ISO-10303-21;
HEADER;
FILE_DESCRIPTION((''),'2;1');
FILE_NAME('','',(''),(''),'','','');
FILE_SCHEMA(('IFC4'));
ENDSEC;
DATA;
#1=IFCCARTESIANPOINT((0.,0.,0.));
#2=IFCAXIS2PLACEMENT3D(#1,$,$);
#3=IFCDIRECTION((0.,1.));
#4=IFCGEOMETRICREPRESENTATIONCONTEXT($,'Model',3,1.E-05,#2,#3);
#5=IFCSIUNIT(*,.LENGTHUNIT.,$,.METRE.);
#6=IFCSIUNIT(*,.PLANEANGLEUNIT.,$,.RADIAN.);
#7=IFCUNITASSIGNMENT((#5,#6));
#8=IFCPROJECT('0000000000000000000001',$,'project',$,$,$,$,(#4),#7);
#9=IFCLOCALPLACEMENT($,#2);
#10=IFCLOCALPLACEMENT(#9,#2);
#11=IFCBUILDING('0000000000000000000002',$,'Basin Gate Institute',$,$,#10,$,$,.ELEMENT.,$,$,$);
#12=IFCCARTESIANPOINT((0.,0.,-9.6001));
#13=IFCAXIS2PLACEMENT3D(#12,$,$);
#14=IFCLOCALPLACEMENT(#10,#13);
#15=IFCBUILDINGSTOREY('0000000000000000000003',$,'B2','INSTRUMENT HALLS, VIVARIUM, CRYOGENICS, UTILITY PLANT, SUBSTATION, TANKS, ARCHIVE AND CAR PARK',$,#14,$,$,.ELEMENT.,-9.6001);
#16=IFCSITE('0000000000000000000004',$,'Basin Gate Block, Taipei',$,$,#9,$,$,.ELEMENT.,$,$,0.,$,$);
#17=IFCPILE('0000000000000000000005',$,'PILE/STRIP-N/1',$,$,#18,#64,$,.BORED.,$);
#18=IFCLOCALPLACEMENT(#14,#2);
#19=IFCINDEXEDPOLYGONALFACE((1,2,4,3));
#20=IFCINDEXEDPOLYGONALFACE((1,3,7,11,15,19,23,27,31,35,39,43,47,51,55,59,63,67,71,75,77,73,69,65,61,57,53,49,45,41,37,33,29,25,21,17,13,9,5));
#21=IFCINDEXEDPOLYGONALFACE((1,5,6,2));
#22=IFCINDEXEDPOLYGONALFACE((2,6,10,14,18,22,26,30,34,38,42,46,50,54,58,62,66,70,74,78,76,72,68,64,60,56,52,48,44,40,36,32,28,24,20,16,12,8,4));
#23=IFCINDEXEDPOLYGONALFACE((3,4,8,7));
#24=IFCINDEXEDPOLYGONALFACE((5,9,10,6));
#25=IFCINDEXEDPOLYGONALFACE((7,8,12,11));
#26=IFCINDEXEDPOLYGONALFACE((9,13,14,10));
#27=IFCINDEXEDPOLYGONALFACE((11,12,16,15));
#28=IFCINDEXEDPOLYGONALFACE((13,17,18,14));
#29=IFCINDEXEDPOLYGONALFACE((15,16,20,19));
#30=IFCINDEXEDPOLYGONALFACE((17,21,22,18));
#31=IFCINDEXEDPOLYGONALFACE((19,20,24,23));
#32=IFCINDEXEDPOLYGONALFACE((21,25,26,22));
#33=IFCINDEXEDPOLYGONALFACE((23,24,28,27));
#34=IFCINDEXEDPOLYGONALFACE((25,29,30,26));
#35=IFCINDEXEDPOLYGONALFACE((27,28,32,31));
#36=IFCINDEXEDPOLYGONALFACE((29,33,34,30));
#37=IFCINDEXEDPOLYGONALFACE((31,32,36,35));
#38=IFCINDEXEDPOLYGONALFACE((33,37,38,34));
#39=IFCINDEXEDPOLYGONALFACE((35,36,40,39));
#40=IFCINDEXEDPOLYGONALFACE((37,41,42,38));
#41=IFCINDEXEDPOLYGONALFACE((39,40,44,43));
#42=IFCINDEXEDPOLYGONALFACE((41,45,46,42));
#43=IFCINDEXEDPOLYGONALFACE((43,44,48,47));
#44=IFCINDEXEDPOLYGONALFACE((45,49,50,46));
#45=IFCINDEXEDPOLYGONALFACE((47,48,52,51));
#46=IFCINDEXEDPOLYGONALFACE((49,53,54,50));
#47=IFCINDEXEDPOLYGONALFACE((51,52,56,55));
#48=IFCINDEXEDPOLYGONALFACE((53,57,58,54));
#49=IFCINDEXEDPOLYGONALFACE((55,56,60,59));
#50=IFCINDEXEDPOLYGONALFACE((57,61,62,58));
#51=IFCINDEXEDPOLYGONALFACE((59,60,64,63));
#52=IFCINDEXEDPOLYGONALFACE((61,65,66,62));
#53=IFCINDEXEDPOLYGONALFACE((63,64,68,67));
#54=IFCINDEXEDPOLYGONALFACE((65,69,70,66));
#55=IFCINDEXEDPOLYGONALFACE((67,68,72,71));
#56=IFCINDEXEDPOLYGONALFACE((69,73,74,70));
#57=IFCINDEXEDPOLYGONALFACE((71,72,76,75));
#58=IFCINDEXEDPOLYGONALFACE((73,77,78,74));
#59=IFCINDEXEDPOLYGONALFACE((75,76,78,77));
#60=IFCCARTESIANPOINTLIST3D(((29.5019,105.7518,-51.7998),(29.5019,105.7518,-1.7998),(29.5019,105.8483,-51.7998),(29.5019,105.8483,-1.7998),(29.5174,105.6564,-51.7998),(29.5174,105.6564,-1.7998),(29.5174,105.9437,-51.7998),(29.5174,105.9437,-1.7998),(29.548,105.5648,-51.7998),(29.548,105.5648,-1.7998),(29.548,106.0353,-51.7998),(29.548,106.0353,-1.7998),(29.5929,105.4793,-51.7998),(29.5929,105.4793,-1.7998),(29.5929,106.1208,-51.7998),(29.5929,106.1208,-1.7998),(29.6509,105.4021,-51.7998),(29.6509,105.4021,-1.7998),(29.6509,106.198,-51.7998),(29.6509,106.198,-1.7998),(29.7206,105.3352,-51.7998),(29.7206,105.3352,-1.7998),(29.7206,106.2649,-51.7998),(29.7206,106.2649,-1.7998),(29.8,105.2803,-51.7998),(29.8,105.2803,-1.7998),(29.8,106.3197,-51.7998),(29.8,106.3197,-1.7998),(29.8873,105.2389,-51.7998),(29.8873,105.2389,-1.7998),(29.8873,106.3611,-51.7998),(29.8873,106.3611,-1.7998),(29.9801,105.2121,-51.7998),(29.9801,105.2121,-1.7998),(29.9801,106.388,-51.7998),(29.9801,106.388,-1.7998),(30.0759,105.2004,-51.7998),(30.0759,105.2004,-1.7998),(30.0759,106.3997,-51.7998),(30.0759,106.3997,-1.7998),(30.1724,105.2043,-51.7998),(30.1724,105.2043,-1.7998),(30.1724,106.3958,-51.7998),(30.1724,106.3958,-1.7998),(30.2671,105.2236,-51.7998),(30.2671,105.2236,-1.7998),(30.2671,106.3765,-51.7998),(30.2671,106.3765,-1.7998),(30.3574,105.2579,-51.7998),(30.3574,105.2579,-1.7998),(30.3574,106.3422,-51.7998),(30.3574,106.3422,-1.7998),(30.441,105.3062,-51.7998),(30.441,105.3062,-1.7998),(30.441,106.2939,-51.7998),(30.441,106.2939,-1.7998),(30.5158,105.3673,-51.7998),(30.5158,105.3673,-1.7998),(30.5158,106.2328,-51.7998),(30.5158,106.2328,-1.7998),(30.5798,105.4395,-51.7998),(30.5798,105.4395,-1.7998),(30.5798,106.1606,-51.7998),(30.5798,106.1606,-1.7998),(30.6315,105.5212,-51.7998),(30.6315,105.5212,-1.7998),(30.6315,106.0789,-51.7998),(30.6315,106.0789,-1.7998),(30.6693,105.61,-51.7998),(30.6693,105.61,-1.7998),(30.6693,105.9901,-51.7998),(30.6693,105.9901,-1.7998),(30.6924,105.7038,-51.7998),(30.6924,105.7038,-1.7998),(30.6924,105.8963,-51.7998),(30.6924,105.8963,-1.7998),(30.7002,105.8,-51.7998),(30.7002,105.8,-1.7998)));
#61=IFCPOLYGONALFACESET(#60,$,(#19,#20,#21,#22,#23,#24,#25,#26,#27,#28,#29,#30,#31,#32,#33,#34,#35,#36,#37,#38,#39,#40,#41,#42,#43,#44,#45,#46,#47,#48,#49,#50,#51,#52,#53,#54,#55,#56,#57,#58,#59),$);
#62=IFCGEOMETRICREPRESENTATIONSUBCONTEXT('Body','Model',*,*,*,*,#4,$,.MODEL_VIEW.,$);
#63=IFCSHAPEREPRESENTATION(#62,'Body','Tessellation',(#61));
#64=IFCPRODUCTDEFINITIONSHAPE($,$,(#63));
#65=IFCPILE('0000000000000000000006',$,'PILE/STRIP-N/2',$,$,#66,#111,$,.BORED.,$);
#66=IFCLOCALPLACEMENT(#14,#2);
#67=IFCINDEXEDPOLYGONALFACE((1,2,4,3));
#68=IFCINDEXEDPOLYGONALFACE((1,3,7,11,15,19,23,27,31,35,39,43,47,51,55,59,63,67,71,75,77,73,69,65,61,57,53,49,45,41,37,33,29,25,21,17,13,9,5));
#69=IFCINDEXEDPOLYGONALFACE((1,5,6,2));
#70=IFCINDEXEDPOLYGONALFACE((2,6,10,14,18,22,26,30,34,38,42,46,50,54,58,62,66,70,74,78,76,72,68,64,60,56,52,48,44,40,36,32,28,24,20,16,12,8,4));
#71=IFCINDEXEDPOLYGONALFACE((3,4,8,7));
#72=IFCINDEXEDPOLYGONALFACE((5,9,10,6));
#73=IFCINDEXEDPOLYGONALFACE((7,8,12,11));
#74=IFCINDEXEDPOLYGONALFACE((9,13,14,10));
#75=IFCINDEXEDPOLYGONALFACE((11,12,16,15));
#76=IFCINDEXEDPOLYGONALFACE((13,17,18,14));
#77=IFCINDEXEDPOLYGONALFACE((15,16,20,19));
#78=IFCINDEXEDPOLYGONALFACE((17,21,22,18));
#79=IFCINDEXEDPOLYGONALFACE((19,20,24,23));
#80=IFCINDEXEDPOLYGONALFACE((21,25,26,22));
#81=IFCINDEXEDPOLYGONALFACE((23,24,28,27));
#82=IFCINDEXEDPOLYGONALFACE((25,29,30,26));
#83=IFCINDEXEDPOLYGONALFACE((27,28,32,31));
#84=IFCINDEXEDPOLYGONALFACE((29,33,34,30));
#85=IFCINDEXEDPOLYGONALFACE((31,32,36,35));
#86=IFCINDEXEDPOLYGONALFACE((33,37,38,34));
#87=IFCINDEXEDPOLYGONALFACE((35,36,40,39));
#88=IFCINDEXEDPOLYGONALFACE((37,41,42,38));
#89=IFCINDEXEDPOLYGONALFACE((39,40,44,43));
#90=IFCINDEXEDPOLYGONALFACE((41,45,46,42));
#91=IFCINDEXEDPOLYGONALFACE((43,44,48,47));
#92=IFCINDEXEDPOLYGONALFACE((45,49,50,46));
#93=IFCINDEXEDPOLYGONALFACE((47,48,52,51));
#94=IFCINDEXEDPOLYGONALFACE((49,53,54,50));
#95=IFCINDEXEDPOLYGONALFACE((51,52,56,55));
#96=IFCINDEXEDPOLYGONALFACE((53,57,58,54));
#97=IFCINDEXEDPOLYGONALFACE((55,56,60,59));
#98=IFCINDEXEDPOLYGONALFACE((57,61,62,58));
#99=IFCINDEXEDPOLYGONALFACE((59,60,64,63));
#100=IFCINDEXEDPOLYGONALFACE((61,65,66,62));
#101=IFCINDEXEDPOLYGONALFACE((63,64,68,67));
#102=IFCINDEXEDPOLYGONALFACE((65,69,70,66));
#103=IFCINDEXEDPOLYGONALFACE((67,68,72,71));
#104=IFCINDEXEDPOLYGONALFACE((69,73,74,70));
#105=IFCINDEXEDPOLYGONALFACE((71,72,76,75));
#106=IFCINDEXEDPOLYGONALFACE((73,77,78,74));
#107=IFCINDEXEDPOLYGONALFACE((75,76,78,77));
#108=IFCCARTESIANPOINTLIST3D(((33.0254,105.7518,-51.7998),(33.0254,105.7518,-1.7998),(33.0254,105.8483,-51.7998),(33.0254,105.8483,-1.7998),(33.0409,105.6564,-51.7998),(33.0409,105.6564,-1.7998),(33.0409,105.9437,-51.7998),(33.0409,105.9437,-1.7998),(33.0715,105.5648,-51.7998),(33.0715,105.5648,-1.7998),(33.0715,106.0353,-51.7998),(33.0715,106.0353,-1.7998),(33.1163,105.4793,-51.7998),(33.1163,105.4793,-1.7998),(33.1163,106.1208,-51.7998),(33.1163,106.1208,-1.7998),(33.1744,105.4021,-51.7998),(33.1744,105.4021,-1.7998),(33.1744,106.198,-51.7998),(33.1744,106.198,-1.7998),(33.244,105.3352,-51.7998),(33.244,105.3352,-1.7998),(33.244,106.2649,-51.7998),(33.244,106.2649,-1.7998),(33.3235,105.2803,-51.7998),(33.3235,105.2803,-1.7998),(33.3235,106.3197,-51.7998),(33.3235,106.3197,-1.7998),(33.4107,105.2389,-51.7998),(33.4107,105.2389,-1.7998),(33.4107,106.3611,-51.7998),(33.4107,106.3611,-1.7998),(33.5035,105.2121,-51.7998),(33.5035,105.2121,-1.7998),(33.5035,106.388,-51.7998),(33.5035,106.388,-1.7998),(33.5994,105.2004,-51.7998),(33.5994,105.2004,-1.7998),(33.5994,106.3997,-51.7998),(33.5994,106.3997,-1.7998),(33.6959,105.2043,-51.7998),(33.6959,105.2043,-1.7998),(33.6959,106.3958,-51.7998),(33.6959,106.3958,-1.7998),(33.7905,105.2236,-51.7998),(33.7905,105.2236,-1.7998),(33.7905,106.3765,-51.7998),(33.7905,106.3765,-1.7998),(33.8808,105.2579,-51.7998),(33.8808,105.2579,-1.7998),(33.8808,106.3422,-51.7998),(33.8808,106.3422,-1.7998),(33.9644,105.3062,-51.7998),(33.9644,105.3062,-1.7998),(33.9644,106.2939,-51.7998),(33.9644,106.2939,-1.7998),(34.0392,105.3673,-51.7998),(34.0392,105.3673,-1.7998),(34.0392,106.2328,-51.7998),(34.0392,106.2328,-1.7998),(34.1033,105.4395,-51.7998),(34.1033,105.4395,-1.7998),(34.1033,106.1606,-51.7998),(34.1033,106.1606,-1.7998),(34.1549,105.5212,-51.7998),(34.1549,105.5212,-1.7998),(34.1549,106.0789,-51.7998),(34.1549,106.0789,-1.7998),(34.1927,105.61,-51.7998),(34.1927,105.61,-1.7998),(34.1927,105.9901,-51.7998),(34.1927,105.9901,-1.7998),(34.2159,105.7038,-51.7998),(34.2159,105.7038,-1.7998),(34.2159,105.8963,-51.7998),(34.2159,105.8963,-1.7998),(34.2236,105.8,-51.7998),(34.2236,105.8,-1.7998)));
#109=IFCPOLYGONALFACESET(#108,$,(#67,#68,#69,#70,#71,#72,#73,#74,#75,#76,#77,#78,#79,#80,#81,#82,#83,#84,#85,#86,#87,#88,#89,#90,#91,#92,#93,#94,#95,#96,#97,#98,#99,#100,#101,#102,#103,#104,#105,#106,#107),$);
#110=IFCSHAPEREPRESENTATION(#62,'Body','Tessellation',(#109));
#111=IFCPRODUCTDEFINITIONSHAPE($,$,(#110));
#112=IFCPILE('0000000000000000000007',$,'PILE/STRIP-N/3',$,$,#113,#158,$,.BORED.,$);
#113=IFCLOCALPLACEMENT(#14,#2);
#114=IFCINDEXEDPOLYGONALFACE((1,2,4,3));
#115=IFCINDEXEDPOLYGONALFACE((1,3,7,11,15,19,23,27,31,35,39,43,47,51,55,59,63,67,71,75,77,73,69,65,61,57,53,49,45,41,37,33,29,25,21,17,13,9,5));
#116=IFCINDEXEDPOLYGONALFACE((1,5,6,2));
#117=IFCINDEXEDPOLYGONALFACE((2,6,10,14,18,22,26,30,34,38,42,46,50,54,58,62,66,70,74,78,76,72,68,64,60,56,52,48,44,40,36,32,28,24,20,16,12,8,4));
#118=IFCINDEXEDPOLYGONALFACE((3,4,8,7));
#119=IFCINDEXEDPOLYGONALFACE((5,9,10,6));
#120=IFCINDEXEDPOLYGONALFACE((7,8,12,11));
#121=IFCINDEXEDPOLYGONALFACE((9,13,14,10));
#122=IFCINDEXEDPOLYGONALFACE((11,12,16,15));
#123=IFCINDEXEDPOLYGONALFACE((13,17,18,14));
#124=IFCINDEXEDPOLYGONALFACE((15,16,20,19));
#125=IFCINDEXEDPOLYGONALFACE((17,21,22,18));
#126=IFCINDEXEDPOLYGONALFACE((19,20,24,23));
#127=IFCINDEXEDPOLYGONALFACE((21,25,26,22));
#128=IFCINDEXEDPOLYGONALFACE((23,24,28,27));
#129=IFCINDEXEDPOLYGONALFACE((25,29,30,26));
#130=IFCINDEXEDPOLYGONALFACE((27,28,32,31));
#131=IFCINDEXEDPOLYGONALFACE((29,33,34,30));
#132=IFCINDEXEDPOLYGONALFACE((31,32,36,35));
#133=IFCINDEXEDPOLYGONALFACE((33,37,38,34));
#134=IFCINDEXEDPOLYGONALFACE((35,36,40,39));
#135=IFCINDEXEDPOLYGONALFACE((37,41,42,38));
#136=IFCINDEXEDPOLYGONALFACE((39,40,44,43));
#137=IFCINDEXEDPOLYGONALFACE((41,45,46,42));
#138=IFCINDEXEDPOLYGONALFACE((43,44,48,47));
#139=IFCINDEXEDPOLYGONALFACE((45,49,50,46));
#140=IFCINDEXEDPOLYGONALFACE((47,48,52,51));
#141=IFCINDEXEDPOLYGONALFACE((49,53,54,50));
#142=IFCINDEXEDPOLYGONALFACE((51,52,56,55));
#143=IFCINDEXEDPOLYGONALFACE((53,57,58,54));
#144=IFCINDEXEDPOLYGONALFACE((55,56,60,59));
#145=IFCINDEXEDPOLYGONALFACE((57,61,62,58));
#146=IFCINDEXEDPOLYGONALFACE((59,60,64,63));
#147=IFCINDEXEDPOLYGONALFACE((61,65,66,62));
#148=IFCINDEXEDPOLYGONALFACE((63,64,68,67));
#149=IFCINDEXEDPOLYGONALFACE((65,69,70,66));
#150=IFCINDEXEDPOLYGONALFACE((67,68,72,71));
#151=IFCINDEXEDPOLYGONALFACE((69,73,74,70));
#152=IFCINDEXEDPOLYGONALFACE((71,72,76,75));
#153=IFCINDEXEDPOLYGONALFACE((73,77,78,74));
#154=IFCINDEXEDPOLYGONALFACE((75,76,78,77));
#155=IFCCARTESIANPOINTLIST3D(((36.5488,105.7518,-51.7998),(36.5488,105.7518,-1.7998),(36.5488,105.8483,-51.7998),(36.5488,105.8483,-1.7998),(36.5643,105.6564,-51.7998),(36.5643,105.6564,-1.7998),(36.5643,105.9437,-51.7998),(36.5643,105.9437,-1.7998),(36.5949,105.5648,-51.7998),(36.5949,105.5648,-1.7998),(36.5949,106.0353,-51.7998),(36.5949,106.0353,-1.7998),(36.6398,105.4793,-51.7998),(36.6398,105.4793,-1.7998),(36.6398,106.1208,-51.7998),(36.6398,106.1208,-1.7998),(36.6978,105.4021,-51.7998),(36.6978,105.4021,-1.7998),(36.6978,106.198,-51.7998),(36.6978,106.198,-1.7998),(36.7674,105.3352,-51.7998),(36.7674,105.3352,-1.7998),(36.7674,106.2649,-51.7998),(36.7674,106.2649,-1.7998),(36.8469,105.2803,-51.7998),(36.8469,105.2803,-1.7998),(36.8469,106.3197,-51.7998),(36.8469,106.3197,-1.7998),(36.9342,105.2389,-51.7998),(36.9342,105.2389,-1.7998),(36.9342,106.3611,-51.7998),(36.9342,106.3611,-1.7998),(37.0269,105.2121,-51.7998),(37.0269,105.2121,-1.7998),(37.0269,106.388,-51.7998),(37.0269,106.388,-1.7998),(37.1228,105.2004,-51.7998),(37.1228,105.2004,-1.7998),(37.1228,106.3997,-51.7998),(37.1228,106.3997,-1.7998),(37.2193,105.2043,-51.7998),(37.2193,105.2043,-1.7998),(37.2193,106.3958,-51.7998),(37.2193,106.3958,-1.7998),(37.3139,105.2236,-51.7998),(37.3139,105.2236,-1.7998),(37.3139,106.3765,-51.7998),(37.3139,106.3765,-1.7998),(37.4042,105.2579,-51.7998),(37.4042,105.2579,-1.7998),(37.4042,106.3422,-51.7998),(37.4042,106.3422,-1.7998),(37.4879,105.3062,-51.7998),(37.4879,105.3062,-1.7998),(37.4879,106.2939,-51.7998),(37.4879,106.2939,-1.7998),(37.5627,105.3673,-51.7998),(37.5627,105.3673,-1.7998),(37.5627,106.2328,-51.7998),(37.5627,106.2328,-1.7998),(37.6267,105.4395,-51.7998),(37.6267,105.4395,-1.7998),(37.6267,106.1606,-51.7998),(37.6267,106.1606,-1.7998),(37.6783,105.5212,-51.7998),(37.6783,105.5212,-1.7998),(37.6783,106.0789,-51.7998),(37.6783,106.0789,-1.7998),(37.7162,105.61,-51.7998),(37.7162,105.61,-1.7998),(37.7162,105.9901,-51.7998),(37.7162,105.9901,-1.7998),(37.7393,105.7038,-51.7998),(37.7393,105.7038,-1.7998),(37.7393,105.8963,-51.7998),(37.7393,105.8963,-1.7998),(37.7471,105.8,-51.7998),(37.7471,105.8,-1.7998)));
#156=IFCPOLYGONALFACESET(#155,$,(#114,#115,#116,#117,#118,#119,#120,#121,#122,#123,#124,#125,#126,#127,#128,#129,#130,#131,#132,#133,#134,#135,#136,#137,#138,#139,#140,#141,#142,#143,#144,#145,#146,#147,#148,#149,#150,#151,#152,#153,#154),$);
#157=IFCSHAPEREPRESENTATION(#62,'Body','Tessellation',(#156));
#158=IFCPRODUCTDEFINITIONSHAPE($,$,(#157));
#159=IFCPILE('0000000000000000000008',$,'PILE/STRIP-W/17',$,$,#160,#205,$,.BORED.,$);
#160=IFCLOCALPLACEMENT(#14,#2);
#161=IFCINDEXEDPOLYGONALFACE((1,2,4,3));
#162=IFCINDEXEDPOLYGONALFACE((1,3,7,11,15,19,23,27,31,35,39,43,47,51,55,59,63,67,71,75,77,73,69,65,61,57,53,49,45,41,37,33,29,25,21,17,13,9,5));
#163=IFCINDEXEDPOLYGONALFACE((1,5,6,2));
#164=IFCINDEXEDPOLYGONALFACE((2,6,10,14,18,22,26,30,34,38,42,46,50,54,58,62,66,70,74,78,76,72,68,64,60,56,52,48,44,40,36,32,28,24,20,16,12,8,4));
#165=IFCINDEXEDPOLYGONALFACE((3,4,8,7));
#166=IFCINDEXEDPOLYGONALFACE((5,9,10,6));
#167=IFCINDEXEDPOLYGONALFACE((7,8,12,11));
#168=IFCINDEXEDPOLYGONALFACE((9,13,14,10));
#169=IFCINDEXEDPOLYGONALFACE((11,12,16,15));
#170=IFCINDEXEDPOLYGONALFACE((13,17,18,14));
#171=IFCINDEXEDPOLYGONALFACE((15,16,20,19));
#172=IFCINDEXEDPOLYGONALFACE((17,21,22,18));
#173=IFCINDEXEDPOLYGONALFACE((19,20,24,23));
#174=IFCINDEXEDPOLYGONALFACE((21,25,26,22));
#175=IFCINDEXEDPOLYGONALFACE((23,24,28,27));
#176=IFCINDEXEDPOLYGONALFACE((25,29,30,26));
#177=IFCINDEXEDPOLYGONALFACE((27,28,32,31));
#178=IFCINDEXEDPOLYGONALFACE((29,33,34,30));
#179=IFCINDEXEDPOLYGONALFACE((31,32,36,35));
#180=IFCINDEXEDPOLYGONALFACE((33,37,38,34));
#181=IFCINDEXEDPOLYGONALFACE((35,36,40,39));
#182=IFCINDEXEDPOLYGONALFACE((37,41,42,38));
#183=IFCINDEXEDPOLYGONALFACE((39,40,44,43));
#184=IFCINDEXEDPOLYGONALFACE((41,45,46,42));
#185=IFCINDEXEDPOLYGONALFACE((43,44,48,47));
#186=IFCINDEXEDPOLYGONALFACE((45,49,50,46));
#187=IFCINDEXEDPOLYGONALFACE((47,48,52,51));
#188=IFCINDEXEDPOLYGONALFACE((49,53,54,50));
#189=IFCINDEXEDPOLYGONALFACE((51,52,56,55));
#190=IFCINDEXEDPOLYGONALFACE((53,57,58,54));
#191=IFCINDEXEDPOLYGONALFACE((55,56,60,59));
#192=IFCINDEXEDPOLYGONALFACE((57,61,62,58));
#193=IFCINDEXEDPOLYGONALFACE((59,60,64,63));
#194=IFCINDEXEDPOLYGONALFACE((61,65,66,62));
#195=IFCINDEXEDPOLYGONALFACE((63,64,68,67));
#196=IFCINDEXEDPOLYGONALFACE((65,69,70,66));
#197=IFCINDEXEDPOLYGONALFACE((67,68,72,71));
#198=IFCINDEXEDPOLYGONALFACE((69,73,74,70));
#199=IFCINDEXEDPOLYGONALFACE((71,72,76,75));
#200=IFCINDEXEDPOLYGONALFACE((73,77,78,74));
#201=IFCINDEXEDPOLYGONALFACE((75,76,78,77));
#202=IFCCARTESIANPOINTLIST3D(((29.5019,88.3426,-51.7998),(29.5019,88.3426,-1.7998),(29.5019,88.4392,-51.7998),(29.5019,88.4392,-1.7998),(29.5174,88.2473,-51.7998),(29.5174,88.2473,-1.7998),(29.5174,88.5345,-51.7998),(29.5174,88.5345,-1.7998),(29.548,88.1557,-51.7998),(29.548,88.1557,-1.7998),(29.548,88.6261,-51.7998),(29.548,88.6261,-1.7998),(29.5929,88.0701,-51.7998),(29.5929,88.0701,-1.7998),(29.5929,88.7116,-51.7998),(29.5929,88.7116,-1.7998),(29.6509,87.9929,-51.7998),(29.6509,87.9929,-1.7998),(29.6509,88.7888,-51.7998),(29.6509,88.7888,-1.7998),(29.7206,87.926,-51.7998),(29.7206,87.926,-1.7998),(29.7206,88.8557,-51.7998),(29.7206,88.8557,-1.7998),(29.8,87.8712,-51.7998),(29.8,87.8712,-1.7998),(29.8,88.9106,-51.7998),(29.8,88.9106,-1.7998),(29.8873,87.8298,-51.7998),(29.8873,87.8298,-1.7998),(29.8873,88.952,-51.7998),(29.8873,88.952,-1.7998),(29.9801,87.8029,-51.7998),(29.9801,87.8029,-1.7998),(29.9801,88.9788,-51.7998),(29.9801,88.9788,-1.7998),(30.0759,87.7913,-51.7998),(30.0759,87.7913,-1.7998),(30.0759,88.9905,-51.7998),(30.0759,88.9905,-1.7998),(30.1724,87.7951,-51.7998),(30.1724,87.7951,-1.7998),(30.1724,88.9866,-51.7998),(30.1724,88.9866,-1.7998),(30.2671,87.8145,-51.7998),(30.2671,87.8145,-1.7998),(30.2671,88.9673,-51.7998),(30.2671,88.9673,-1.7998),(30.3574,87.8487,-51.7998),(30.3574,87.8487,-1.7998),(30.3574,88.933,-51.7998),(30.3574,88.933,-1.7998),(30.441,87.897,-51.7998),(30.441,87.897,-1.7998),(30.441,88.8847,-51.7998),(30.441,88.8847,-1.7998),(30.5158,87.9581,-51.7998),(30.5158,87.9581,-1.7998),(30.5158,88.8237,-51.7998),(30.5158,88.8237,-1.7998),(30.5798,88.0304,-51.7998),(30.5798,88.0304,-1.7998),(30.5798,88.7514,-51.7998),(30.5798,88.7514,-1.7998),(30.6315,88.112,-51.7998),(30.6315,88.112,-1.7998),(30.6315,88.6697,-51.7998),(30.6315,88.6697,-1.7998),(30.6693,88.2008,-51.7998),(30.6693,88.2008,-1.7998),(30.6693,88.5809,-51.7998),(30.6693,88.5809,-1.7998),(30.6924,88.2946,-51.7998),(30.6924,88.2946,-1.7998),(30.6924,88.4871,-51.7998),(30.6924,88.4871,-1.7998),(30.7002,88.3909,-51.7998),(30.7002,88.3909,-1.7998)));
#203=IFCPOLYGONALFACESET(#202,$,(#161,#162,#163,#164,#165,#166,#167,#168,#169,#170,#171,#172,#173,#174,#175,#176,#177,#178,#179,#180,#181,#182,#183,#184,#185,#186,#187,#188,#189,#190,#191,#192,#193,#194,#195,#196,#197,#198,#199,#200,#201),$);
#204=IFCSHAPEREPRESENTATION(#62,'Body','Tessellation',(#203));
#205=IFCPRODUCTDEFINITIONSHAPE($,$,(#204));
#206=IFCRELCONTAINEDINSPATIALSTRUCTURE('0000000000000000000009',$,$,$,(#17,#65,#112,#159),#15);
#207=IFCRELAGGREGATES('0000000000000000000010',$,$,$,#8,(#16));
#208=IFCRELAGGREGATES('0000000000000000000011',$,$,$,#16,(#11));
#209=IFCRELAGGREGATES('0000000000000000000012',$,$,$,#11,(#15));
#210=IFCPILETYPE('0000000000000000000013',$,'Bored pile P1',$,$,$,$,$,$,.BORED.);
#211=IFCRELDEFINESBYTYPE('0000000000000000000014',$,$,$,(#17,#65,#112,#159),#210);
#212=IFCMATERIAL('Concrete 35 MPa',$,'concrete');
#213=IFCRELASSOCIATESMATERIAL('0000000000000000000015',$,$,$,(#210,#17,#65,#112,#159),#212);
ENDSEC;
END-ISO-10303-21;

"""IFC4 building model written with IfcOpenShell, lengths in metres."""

from ifc_helpers import new_model, si_unit, direction, frame, origin, origin_2d, place, context, subcontext, project, spatial, circle, extrude, material, material_profile, profile_set, type_object, element, save


model = new_model("IFC4")

# Units and contexts
model_context = context("Model", 3, precision=1e-05, world=origin(), true_north=direction((0.0, 1.0)))
body_context = subcontext(model_context, "Body", "Model", "MODEL_VIEW")
ifc_project = project(units=[si_unit("LENGTHUNIT", "METRE"), si_unit("PLANEANGLEUNIT", "RADIAN")], contexts=[model_context])

# Site, building, storey
site_placement = place(None, origin())
site = spatial("IfcSite", under=ifc_project, at=site_placement, Name="Basin Gate Block, Taipei", CompositionType="ELEMENT", RefElevation=0.0)
building_placement = place(site_placement, origin())
building = spatial("IfcBuilding", under=site, at=building_placement, Name="Basin Gate Institute", CompositionType="ELEMENT")
storey_placement = place(building_placement, frame((0.0, 0.0, -9.6001)))
storey = spatial("IfcBuildingStorey", under=building, at=storey_placement, Name="B2", Description="INSTRUMENT HALLS, VIVARIUM, CRYOGENICS, UTILITY PLANT, SUBSTATION, TANKS, ARCHIVE AND CAR PARK", CompositionType="ELEMENT", Elevation=-9.6001)

# Piles
ifc_material_1 = material(Name="Concrete 35 MPa", Category="concrete")
ifc_material_profile_1 = material_profile(ifc_material_1, circle(Radius=0.6001, at=origin_2d()), Name="Bored pile P1 1200 dia")
ifc_profile_set_1 = profile_set([ifc_material_profile_1], Name="Concrete 35 MPa")
pile_type = type_object("IfcPileType", Name="Bored pile P1", PredefinedType="BORED", material=ifc_profile_set_1)
for number, where, z_axis, x_axis, name in (
    (1, (30.1001, 105.8, -1.7998), (0.0, 0.0, -1.0), (1.0, 0.0, 0.0), "PILE/STRIP-N/1"),
    (2, (33.6235, 105.8, -1.7998), (0.0, 0.0, -1.0), (1.0, 0.0, 0.0), "PILE/STRIP-N/2"),
    (3, (37.147, 105.8, -1.7998), (0.0, 0.0, -1.0), (1.0, 0.0, 0.0), "PILE/STRIP-N/3"),
    (4, (30.1001, 88.3909, -1.7998), (0.0, 0.0, -1.0), (1.0, 0.0, 0.0), "PILE/STRIP-W/17"),
):
    element("IfcPile", number, at=place(storey_placement, frame(where, z_axis=z_axis, x_axis=x_axis)), inside=storey, type_object=pile_type, material=ifc_profile_set_1, Name=name, PredefinedType="BORED", context=body_context, shape_type="SweptSolid", body=[
        extrude(circle(Radius=0.6001, at=origin_2d()), origin(), (0.0, 0.0, 1.0), 50.0),
    ])

save(model, "model.ifc")
